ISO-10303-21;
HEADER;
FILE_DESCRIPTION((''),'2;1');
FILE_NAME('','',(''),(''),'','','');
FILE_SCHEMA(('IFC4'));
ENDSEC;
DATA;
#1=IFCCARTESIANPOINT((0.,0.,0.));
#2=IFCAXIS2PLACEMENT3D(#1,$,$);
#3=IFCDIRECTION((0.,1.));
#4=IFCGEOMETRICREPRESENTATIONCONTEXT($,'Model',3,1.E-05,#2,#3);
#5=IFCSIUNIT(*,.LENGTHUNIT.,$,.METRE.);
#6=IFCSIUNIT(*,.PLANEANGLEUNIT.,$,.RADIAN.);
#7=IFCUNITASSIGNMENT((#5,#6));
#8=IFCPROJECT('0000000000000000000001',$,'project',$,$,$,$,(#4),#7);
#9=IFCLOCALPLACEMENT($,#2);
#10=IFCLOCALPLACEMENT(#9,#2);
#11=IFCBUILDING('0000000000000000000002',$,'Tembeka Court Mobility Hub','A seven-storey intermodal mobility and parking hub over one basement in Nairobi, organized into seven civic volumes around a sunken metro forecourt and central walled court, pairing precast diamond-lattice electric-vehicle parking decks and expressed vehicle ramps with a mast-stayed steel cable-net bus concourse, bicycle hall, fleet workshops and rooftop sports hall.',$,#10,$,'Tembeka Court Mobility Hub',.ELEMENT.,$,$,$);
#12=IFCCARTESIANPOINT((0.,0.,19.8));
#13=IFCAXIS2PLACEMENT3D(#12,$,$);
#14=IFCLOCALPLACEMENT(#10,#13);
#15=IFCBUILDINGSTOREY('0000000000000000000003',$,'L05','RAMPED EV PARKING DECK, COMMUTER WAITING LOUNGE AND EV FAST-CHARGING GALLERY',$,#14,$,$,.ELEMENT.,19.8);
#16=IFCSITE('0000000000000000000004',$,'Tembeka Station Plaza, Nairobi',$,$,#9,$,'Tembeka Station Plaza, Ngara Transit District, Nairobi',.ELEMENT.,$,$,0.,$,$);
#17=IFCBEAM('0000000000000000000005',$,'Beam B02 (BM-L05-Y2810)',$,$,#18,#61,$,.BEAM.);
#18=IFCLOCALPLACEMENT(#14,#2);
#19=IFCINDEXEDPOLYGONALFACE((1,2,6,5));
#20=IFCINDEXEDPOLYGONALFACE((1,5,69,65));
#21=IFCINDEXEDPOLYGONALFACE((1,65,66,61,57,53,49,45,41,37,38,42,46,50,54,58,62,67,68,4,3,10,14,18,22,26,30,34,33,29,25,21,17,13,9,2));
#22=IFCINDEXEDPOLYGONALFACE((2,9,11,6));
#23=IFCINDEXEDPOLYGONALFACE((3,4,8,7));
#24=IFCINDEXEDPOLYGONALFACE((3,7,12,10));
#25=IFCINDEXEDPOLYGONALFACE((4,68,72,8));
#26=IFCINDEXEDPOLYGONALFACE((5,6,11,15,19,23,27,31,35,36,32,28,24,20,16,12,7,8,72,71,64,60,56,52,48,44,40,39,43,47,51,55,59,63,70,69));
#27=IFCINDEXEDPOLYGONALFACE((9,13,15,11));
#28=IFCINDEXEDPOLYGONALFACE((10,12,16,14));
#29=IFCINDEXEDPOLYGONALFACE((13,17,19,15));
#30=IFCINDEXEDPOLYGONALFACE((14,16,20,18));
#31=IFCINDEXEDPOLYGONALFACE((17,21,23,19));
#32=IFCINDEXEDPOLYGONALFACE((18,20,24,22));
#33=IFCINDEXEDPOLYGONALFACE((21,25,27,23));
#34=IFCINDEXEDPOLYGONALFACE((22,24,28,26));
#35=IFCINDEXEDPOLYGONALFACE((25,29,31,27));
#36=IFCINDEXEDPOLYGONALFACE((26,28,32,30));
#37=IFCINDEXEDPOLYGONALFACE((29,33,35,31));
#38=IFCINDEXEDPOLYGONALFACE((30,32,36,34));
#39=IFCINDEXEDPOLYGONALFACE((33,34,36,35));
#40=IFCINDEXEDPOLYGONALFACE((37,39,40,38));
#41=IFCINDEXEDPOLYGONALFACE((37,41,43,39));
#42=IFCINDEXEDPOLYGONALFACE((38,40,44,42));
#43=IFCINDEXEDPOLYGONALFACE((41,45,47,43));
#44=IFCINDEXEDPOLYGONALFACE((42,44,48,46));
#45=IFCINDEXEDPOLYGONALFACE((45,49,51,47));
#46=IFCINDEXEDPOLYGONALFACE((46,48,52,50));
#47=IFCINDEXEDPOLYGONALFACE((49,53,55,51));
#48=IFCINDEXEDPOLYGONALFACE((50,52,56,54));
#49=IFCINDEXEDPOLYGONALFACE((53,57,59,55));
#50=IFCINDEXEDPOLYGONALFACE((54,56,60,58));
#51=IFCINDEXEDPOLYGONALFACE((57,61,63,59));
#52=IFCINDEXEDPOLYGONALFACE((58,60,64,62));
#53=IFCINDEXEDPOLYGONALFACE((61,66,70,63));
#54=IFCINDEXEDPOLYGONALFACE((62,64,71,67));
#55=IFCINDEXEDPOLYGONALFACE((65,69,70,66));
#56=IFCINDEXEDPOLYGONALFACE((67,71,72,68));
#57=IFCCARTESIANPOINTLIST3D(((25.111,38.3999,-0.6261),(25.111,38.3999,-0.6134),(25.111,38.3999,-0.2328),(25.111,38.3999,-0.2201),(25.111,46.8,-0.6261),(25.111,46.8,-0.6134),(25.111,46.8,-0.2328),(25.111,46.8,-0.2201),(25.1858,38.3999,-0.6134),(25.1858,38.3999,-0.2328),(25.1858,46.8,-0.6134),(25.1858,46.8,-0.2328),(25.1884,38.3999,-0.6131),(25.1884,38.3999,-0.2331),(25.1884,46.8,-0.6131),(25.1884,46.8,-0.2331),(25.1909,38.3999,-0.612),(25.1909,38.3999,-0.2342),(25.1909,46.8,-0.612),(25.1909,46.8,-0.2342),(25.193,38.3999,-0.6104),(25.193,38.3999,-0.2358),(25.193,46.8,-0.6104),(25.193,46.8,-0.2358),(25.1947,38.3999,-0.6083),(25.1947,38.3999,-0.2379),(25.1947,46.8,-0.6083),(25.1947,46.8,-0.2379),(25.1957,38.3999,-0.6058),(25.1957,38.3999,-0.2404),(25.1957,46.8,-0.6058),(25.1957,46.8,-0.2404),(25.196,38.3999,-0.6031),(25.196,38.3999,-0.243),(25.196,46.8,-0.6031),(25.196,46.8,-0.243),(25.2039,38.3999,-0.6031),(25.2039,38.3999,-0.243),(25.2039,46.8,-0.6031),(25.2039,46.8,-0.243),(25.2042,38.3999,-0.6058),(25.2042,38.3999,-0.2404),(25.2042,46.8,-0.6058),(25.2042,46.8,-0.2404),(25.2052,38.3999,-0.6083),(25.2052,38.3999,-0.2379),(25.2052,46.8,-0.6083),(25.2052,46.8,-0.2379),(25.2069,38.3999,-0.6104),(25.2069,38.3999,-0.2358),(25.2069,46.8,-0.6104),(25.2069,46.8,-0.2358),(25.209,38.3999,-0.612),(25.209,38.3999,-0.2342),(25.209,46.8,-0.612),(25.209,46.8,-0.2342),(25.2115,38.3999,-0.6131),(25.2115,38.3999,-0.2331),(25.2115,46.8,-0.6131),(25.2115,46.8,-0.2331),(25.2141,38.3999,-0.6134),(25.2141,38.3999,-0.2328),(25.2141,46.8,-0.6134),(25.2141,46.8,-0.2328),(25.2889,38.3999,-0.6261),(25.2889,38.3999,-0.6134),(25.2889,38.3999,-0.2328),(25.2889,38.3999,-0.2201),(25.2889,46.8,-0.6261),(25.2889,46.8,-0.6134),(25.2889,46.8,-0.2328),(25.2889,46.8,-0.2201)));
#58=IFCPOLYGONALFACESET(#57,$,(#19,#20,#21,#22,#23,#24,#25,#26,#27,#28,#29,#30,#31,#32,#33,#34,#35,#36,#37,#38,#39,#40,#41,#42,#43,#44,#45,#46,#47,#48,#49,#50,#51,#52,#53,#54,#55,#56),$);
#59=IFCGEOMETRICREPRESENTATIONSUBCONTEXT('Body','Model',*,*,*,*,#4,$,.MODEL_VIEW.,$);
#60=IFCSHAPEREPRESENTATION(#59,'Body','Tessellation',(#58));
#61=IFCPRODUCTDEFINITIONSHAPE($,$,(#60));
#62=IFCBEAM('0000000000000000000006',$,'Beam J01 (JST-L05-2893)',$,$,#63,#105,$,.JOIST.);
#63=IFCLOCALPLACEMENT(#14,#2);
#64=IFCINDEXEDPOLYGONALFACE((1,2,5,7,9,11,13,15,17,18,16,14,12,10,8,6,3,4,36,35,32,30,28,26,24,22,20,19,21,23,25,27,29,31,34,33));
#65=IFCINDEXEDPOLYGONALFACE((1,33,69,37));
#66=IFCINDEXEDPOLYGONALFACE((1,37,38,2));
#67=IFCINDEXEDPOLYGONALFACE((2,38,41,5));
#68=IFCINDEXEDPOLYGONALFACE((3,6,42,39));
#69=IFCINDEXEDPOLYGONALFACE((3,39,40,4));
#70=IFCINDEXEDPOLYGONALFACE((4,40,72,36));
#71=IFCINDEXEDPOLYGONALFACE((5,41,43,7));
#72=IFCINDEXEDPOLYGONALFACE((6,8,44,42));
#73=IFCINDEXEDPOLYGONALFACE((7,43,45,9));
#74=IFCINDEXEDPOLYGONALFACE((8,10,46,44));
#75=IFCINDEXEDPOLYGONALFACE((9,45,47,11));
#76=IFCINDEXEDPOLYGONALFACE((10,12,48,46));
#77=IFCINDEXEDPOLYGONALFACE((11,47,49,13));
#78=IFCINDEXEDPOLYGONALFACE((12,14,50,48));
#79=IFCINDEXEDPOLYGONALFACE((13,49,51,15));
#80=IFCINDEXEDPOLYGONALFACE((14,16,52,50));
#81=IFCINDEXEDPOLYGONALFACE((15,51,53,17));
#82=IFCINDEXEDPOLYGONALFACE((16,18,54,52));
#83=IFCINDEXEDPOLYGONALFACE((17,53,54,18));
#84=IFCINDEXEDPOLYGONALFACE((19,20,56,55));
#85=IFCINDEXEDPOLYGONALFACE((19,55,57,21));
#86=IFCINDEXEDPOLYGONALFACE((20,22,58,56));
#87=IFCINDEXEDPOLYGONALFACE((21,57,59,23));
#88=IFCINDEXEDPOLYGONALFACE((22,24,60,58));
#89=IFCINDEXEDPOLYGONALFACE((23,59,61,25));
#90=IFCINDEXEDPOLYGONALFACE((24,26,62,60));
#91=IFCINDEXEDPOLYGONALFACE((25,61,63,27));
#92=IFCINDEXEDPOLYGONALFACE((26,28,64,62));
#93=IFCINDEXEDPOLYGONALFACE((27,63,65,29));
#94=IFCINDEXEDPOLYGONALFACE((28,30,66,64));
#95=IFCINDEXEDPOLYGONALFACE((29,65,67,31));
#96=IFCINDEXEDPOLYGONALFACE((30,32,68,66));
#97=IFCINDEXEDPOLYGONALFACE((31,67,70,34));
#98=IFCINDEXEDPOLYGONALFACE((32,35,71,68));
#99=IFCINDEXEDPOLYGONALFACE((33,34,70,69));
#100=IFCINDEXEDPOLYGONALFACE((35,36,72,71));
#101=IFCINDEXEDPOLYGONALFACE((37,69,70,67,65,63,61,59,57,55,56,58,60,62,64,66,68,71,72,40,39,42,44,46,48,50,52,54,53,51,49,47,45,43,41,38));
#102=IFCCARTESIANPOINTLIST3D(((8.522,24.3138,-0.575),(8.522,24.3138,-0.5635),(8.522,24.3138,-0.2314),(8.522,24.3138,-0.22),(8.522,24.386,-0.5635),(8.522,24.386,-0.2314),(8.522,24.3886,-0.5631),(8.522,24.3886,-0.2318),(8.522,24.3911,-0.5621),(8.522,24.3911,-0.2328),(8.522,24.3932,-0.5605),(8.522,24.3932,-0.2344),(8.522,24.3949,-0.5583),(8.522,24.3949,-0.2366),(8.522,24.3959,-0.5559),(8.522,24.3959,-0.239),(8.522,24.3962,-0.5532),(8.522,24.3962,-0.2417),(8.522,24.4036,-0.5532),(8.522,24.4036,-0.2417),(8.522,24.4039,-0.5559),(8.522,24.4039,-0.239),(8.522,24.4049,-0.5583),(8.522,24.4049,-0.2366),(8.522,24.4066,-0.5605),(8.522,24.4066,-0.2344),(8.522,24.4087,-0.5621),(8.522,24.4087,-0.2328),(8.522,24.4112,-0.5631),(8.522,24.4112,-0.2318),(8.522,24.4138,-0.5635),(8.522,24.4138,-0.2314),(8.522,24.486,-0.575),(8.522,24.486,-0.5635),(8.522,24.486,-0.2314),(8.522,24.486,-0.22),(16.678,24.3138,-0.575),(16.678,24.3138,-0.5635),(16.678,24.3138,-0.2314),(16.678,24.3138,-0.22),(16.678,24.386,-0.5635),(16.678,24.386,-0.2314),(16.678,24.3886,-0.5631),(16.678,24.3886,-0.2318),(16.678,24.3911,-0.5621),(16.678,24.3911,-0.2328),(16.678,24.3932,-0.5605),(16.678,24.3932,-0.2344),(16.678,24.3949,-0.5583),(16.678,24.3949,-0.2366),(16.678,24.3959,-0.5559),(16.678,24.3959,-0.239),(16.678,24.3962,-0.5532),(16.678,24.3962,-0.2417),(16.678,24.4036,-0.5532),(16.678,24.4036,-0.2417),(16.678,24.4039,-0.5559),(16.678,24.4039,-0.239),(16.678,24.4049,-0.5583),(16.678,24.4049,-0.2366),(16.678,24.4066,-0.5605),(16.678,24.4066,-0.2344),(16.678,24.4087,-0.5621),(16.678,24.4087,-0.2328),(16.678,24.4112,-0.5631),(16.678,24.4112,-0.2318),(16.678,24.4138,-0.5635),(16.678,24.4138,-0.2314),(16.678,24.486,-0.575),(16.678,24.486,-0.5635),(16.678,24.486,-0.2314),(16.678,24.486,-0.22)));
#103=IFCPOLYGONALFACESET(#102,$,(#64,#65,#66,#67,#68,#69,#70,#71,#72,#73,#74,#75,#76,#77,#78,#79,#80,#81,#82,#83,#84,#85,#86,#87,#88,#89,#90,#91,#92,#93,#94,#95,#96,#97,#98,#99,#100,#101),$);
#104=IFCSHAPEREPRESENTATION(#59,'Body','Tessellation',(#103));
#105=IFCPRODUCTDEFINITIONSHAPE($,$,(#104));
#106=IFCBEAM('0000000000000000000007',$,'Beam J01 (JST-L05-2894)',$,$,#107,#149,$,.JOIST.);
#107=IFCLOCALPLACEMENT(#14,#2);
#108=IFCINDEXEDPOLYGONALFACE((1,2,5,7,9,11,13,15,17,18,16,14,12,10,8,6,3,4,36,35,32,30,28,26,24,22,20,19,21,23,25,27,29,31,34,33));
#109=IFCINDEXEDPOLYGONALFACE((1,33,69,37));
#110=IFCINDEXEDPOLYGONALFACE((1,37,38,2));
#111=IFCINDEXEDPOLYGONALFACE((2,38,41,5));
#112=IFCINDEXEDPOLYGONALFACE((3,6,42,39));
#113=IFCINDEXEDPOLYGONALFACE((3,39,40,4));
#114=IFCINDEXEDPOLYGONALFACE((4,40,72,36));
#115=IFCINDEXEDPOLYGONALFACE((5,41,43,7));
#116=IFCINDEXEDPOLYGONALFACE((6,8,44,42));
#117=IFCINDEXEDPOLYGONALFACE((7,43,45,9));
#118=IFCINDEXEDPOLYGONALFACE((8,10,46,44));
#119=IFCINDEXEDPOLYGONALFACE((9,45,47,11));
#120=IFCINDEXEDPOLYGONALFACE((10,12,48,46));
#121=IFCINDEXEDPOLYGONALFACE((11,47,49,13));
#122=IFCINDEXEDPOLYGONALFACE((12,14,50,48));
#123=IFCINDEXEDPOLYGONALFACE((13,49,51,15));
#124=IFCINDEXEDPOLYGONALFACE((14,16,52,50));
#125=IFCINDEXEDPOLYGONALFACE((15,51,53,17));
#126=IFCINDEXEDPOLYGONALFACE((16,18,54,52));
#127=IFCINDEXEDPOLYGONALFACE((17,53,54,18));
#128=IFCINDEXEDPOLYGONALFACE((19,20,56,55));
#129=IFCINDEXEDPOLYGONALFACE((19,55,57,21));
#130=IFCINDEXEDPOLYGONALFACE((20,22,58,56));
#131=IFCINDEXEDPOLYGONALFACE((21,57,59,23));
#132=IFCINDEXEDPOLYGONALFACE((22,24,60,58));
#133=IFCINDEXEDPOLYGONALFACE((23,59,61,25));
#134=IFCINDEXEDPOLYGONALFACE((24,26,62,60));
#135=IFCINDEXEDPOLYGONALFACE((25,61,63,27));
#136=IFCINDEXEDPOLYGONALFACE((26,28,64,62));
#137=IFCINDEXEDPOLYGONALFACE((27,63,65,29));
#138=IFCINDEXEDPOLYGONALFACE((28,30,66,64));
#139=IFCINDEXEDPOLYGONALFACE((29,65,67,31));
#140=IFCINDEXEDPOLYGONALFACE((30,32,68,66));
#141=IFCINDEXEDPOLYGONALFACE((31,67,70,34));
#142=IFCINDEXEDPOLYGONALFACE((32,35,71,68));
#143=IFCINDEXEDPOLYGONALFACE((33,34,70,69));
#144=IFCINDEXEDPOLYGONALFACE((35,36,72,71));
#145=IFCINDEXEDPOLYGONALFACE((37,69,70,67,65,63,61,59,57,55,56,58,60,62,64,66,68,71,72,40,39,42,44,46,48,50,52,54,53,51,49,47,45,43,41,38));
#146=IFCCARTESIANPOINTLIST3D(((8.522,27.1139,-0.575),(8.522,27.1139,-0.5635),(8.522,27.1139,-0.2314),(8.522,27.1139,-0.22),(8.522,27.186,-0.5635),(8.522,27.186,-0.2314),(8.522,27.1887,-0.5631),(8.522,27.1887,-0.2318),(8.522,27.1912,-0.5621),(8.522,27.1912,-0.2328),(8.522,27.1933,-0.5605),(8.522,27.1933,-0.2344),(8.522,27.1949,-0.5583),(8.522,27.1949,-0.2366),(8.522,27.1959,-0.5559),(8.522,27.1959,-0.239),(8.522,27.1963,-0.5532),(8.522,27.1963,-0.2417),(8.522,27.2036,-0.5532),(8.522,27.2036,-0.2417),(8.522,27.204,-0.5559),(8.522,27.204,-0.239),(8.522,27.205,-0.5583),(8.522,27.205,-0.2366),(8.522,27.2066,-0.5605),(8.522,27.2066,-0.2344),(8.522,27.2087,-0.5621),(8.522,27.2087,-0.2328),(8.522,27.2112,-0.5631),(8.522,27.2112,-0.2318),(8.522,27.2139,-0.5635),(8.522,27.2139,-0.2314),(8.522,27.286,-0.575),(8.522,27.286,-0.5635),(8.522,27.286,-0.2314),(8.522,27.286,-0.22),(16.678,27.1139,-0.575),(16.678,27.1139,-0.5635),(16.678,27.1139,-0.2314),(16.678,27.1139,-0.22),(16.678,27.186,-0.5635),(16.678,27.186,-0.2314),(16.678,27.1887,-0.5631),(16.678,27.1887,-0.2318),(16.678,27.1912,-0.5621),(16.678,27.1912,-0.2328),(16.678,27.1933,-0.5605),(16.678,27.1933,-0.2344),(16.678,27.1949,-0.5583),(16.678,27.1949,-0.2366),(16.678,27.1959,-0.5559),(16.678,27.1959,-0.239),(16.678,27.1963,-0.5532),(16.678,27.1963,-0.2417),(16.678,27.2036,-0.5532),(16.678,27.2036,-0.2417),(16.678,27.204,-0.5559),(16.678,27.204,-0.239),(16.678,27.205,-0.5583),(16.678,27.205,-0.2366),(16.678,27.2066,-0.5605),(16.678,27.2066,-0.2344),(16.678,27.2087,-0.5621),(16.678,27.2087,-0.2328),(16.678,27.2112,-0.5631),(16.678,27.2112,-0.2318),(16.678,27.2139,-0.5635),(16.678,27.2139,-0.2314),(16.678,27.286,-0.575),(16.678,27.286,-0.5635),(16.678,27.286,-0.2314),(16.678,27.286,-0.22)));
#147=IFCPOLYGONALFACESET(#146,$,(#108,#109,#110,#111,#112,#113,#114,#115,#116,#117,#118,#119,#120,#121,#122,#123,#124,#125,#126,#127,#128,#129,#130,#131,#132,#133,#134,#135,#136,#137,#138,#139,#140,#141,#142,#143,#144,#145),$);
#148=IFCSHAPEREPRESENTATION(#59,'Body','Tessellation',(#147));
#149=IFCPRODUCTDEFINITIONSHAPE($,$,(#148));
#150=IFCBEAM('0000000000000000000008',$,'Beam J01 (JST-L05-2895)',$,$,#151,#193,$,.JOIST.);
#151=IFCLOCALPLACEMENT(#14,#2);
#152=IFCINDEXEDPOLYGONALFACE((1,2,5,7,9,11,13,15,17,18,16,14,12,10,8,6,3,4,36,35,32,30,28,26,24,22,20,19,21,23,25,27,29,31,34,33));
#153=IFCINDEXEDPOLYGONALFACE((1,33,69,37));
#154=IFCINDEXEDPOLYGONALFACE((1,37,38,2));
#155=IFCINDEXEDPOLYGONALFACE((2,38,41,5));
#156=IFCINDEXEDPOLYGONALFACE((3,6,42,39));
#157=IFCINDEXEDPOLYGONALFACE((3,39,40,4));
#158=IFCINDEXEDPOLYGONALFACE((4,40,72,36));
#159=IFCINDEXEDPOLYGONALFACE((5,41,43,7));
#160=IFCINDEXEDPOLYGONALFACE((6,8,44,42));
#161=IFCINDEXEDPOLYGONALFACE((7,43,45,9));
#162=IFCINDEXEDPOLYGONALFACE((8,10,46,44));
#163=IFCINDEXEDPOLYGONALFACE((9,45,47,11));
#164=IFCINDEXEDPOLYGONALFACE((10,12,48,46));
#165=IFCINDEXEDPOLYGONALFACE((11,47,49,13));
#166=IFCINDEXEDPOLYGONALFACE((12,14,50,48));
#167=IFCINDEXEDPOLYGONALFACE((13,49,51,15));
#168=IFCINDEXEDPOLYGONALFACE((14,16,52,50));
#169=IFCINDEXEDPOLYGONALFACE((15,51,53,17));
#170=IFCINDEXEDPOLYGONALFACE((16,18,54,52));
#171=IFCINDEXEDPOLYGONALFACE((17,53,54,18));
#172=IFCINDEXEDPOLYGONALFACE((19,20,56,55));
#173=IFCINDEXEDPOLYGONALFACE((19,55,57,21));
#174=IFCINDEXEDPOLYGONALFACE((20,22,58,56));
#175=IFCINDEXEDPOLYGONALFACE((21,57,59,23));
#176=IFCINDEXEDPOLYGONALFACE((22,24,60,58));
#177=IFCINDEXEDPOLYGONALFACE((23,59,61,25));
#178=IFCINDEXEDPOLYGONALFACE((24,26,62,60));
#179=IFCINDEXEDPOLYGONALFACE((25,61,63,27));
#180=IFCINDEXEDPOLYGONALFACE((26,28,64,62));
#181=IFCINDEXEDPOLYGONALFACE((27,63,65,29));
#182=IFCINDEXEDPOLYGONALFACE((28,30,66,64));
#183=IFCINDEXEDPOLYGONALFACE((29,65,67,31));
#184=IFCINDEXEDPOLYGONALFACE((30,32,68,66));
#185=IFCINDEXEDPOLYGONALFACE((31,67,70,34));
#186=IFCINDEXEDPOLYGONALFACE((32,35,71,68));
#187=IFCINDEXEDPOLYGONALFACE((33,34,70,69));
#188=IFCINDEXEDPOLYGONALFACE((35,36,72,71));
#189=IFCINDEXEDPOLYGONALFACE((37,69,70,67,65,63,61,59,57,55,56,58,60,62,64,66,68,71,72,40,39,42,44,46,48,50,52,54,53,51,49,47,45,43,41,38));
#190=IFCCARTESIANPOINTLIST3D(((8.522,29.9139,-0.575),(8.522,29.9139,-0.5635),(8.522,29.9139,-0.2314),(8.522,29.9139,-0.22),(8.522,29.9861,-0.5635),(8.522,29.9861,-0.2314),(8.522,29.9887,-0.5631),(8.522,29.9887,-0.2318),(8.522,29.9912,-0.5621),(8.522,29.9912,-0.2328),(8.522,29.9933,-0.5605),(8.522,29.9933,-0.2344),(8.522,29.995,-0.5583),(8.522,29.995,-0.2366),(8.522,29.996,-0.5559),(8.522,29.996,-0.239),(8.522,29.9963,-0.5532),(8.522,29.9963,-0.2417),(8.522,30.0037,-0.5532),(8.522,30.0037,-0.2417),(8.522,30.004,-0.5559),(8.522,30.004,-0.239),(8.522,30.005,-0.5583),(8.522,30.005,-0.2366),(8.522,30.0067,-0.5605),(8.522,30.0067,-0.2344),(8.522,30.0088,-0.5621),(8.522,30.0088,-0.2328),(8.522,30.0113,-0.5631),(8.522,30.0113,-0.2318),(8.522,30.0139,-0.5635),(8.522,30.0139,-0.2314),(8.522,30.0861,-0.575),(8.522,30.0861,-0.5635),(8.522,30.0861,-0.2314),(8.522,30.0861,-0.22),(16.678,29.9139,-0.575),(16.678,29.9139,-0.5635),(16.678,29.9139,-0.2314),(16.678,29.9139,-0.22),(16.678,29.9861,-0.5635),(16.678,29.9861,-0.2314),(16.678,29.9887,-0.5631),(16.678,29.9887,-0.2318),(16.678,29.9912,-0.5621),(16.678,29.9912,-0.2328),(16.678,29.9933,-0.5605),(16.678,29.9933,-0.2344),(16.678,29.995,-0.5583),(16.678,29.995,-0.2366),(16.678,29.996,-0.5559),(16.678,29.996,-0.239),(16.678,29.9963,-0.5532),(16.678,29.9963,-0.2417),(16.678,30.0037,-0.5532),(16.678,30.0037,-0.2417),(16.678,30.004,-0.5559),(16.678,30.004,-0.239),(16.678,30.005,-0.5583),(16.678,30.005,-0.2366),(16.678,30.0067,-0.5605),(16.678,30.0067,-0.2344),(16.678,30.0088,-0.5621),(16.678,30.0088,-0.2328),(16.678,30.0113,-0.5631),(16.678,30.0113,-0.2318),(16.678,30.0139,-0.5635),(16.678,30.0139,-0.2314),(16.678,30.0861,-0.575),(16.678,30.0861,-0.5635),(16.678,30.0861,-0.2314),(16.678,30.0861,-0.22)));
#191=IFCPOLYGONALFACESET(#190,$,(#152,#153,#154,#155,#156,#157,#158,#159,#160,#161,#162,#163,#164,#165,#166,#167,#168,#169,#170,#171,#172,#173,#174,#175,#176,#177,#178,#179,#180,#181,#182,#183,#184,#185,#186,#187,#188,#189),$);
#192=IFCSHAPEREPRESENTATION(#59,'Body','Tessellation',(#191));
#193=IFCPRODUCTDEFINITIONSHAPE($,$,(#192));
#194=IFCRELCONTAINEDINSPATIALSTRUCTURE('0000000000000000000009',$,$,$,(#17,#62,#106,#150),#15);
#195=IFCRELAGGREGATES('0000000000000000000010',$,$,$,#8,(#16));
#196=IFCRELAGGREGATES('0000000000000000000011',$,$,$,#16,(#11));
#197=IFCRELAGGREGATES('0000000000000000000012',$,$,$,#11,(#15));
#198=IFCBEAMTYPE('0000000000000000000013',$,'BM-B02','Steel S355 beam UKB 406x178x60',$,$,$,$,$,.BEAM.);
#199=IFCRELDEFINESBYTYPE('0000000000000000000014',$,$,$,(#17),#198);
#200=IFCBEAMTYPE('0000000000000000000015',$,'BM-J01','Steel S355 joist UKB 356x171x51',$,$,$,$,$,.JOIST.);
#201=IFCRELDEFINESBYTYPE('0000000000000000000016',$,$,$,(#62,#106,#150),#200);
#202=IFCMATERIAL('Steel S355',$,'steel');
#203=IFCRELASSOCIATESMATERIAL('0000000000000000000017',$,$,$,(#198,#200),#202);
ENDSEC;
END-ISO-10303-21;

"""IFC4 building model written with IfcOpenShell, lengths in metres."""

from ifc_helpers import new_model, si_unit, direction, frame, origin, origin_2d, place, context, subcontext, project, spatial, i_section, extrude, material, material_profile, profile_set, type_object, element, save


model = new_model("IFC4")

# Units and contexts
model_context = context("Model", 3, precision=1e-05, world=origin(), true_north=direction((0.0, 1.0)))
body_context = subcontext(model_context, "Body", "Model", "MODEL_VIEW")
ifc_project = project(units=[si_unit("LENGTHUNIT", "METRE"), si_unit("PLANEANGLEUNIT", "RADIAN")], contexts=[model_context])

# Site, building, storey
site_placement = place(None, origin())
site = spatial("IfcSite", under=ifc_project, at=site_placement, Name="Tembeka Station Plaza, Nairobi", LongName="Tembeka Station Plaza, Ngara Transit District, Nairobi", CompositionType="ELEMENT", RefElevation=0.0)
building_placement = place(site_placement, origin())
building = spatial("IfcBuilding", under=site, at=building_placement, Name="Tembeka Court Mobility Hub", Description="A seven-storey intermodal mobility and parking hub over one basement in Nairobi, organized into seven civic volumes around a sunken metro forecourt and central walled court, pairing precast diamond-lattice electric-vehicle parking decks and expressed vehicle ramps with a mast-stayed steel cable-net bus concourse, bicycle hall, fleet workshops and rooftop sports hall.", LongName="Tembeka Court Mobility Hub", CompositionType="ELEMENT")
storey_placement = place(building_placement, frame((0.0, 0.0, 19.8)))
storey = spatial("IfcBuildingStorey", under=building, at=storey_placement, Name="L05", Description="RAMPED EV PARKING DECK, COMMUTER WAITING LOUNGE AND EV FAST-CHARGING GALLERY", CompositionType="ELEMENT", Elevation=19.8)

# Shared definitions
ifc_material_1 = material(Name="Steel S355", Category="steel")

# Beams
ifc_material_profile_1 = material_profile(ifc_material_1, i_section(OverallWidth=0.178, OverallDepth=0.406, WebThickness=0.0078, FlangeThickness=0.0127, FilletRadius=0.0103, at=origin_2d()), Name="UKB 406x178x60")
ifc_profile_set_1 = profile_set([ifc_material_profile_1], Name="Steel S355")
beam_type_1 = type_object("IfcBeamType", Name="BM-B02", Description="Steel S355 beam UKB 406x178x60", PredefinedType="BEAM", material=ifc_profile_set_1)
for number, where, z_axis, x_axis, name in (
    (1, (25.2, 38.3999, -0.4231), (0.0, 1.0, 0.0), (-1.0, 0.0, 0.0), "Beam B02 (BM-L05-Y2810)"),
):
    element("IfcBeam", number, at=place(storey_placement, frame(where, z_axis=z_axis, x_axis=x_axis)), inside=storey, type_object=beam_type_1, Name=name, PredefinedType="BEAM", context=body_context, shape_type="SweptSolid", body=[
        extrude(i_section(OverallWidth=0.178, OverallDepth=0.406, WebThickness=0.0078, FlangeThickness=0.0127, FilletRadius=0.0103, at=origin_2d()), origin(), (0.0, 0.0, 1.0), 8.4001),
    ])
ifc_material_profile_2 = material_profile(ifc_material_1, i_section(OverallWidth=0.1721, OverallDepth=0.355, WebThickness=0.0073, FlangeThickness=0.0115, FilletRadius=0.0103, at=origin_2d()), Name="UKB 356x171x51")
ifc_profile_set_2 = profile_set([ifc_material_profile_2], Name="Steel S355")
beam_type_2 = type_object("IfcBeamType", Name="BM-J01", Description="Steel S355 joist UKB 356x171x51", PredefinedType="JOIST", material=ifc_profile_set_2)
for number, where, z_axis, x_axis, name in (
    (2, (8.522, 24.3999, -0.3975), (1.0, 0.0, 0.0), (0.0, 1.0, 0.0), "Beam J01 (JST-L05-2893)"),
    (3, (8.522, 27.2, -0.3975), (1.0, 0.0, 0.0), (0.0, 1.0, 0.0), "Beam J01 (JST-L05-2894)"),
    (4, (8.522, 30.0, -0.3975), (1.0, 0.0, 0.0), (0.0, 1.0, 0.0), "Beam J01 (JST-L05-2895)"),
):
    element("IfcBeam", number, at=place(storey_placement, frame(where, z_axis=z_axis, x_axis=x_axis)), inside=storey, type_object=beam_type_2, Name=name, PredefinedType="JOIST", context=body_context, shape_type="SweptSolid", body=[
        extrude(i_section(OverallWidth=0.1721, OverallDepth=0.355, WebThickness=0.0073, FlangeThickness=0.0115, FilletRadius=0.0103, at=origin_2d()), origin(), (0.0, 0.0, 1.0), 8.156),
    ])

save(model, "model.ifc")
